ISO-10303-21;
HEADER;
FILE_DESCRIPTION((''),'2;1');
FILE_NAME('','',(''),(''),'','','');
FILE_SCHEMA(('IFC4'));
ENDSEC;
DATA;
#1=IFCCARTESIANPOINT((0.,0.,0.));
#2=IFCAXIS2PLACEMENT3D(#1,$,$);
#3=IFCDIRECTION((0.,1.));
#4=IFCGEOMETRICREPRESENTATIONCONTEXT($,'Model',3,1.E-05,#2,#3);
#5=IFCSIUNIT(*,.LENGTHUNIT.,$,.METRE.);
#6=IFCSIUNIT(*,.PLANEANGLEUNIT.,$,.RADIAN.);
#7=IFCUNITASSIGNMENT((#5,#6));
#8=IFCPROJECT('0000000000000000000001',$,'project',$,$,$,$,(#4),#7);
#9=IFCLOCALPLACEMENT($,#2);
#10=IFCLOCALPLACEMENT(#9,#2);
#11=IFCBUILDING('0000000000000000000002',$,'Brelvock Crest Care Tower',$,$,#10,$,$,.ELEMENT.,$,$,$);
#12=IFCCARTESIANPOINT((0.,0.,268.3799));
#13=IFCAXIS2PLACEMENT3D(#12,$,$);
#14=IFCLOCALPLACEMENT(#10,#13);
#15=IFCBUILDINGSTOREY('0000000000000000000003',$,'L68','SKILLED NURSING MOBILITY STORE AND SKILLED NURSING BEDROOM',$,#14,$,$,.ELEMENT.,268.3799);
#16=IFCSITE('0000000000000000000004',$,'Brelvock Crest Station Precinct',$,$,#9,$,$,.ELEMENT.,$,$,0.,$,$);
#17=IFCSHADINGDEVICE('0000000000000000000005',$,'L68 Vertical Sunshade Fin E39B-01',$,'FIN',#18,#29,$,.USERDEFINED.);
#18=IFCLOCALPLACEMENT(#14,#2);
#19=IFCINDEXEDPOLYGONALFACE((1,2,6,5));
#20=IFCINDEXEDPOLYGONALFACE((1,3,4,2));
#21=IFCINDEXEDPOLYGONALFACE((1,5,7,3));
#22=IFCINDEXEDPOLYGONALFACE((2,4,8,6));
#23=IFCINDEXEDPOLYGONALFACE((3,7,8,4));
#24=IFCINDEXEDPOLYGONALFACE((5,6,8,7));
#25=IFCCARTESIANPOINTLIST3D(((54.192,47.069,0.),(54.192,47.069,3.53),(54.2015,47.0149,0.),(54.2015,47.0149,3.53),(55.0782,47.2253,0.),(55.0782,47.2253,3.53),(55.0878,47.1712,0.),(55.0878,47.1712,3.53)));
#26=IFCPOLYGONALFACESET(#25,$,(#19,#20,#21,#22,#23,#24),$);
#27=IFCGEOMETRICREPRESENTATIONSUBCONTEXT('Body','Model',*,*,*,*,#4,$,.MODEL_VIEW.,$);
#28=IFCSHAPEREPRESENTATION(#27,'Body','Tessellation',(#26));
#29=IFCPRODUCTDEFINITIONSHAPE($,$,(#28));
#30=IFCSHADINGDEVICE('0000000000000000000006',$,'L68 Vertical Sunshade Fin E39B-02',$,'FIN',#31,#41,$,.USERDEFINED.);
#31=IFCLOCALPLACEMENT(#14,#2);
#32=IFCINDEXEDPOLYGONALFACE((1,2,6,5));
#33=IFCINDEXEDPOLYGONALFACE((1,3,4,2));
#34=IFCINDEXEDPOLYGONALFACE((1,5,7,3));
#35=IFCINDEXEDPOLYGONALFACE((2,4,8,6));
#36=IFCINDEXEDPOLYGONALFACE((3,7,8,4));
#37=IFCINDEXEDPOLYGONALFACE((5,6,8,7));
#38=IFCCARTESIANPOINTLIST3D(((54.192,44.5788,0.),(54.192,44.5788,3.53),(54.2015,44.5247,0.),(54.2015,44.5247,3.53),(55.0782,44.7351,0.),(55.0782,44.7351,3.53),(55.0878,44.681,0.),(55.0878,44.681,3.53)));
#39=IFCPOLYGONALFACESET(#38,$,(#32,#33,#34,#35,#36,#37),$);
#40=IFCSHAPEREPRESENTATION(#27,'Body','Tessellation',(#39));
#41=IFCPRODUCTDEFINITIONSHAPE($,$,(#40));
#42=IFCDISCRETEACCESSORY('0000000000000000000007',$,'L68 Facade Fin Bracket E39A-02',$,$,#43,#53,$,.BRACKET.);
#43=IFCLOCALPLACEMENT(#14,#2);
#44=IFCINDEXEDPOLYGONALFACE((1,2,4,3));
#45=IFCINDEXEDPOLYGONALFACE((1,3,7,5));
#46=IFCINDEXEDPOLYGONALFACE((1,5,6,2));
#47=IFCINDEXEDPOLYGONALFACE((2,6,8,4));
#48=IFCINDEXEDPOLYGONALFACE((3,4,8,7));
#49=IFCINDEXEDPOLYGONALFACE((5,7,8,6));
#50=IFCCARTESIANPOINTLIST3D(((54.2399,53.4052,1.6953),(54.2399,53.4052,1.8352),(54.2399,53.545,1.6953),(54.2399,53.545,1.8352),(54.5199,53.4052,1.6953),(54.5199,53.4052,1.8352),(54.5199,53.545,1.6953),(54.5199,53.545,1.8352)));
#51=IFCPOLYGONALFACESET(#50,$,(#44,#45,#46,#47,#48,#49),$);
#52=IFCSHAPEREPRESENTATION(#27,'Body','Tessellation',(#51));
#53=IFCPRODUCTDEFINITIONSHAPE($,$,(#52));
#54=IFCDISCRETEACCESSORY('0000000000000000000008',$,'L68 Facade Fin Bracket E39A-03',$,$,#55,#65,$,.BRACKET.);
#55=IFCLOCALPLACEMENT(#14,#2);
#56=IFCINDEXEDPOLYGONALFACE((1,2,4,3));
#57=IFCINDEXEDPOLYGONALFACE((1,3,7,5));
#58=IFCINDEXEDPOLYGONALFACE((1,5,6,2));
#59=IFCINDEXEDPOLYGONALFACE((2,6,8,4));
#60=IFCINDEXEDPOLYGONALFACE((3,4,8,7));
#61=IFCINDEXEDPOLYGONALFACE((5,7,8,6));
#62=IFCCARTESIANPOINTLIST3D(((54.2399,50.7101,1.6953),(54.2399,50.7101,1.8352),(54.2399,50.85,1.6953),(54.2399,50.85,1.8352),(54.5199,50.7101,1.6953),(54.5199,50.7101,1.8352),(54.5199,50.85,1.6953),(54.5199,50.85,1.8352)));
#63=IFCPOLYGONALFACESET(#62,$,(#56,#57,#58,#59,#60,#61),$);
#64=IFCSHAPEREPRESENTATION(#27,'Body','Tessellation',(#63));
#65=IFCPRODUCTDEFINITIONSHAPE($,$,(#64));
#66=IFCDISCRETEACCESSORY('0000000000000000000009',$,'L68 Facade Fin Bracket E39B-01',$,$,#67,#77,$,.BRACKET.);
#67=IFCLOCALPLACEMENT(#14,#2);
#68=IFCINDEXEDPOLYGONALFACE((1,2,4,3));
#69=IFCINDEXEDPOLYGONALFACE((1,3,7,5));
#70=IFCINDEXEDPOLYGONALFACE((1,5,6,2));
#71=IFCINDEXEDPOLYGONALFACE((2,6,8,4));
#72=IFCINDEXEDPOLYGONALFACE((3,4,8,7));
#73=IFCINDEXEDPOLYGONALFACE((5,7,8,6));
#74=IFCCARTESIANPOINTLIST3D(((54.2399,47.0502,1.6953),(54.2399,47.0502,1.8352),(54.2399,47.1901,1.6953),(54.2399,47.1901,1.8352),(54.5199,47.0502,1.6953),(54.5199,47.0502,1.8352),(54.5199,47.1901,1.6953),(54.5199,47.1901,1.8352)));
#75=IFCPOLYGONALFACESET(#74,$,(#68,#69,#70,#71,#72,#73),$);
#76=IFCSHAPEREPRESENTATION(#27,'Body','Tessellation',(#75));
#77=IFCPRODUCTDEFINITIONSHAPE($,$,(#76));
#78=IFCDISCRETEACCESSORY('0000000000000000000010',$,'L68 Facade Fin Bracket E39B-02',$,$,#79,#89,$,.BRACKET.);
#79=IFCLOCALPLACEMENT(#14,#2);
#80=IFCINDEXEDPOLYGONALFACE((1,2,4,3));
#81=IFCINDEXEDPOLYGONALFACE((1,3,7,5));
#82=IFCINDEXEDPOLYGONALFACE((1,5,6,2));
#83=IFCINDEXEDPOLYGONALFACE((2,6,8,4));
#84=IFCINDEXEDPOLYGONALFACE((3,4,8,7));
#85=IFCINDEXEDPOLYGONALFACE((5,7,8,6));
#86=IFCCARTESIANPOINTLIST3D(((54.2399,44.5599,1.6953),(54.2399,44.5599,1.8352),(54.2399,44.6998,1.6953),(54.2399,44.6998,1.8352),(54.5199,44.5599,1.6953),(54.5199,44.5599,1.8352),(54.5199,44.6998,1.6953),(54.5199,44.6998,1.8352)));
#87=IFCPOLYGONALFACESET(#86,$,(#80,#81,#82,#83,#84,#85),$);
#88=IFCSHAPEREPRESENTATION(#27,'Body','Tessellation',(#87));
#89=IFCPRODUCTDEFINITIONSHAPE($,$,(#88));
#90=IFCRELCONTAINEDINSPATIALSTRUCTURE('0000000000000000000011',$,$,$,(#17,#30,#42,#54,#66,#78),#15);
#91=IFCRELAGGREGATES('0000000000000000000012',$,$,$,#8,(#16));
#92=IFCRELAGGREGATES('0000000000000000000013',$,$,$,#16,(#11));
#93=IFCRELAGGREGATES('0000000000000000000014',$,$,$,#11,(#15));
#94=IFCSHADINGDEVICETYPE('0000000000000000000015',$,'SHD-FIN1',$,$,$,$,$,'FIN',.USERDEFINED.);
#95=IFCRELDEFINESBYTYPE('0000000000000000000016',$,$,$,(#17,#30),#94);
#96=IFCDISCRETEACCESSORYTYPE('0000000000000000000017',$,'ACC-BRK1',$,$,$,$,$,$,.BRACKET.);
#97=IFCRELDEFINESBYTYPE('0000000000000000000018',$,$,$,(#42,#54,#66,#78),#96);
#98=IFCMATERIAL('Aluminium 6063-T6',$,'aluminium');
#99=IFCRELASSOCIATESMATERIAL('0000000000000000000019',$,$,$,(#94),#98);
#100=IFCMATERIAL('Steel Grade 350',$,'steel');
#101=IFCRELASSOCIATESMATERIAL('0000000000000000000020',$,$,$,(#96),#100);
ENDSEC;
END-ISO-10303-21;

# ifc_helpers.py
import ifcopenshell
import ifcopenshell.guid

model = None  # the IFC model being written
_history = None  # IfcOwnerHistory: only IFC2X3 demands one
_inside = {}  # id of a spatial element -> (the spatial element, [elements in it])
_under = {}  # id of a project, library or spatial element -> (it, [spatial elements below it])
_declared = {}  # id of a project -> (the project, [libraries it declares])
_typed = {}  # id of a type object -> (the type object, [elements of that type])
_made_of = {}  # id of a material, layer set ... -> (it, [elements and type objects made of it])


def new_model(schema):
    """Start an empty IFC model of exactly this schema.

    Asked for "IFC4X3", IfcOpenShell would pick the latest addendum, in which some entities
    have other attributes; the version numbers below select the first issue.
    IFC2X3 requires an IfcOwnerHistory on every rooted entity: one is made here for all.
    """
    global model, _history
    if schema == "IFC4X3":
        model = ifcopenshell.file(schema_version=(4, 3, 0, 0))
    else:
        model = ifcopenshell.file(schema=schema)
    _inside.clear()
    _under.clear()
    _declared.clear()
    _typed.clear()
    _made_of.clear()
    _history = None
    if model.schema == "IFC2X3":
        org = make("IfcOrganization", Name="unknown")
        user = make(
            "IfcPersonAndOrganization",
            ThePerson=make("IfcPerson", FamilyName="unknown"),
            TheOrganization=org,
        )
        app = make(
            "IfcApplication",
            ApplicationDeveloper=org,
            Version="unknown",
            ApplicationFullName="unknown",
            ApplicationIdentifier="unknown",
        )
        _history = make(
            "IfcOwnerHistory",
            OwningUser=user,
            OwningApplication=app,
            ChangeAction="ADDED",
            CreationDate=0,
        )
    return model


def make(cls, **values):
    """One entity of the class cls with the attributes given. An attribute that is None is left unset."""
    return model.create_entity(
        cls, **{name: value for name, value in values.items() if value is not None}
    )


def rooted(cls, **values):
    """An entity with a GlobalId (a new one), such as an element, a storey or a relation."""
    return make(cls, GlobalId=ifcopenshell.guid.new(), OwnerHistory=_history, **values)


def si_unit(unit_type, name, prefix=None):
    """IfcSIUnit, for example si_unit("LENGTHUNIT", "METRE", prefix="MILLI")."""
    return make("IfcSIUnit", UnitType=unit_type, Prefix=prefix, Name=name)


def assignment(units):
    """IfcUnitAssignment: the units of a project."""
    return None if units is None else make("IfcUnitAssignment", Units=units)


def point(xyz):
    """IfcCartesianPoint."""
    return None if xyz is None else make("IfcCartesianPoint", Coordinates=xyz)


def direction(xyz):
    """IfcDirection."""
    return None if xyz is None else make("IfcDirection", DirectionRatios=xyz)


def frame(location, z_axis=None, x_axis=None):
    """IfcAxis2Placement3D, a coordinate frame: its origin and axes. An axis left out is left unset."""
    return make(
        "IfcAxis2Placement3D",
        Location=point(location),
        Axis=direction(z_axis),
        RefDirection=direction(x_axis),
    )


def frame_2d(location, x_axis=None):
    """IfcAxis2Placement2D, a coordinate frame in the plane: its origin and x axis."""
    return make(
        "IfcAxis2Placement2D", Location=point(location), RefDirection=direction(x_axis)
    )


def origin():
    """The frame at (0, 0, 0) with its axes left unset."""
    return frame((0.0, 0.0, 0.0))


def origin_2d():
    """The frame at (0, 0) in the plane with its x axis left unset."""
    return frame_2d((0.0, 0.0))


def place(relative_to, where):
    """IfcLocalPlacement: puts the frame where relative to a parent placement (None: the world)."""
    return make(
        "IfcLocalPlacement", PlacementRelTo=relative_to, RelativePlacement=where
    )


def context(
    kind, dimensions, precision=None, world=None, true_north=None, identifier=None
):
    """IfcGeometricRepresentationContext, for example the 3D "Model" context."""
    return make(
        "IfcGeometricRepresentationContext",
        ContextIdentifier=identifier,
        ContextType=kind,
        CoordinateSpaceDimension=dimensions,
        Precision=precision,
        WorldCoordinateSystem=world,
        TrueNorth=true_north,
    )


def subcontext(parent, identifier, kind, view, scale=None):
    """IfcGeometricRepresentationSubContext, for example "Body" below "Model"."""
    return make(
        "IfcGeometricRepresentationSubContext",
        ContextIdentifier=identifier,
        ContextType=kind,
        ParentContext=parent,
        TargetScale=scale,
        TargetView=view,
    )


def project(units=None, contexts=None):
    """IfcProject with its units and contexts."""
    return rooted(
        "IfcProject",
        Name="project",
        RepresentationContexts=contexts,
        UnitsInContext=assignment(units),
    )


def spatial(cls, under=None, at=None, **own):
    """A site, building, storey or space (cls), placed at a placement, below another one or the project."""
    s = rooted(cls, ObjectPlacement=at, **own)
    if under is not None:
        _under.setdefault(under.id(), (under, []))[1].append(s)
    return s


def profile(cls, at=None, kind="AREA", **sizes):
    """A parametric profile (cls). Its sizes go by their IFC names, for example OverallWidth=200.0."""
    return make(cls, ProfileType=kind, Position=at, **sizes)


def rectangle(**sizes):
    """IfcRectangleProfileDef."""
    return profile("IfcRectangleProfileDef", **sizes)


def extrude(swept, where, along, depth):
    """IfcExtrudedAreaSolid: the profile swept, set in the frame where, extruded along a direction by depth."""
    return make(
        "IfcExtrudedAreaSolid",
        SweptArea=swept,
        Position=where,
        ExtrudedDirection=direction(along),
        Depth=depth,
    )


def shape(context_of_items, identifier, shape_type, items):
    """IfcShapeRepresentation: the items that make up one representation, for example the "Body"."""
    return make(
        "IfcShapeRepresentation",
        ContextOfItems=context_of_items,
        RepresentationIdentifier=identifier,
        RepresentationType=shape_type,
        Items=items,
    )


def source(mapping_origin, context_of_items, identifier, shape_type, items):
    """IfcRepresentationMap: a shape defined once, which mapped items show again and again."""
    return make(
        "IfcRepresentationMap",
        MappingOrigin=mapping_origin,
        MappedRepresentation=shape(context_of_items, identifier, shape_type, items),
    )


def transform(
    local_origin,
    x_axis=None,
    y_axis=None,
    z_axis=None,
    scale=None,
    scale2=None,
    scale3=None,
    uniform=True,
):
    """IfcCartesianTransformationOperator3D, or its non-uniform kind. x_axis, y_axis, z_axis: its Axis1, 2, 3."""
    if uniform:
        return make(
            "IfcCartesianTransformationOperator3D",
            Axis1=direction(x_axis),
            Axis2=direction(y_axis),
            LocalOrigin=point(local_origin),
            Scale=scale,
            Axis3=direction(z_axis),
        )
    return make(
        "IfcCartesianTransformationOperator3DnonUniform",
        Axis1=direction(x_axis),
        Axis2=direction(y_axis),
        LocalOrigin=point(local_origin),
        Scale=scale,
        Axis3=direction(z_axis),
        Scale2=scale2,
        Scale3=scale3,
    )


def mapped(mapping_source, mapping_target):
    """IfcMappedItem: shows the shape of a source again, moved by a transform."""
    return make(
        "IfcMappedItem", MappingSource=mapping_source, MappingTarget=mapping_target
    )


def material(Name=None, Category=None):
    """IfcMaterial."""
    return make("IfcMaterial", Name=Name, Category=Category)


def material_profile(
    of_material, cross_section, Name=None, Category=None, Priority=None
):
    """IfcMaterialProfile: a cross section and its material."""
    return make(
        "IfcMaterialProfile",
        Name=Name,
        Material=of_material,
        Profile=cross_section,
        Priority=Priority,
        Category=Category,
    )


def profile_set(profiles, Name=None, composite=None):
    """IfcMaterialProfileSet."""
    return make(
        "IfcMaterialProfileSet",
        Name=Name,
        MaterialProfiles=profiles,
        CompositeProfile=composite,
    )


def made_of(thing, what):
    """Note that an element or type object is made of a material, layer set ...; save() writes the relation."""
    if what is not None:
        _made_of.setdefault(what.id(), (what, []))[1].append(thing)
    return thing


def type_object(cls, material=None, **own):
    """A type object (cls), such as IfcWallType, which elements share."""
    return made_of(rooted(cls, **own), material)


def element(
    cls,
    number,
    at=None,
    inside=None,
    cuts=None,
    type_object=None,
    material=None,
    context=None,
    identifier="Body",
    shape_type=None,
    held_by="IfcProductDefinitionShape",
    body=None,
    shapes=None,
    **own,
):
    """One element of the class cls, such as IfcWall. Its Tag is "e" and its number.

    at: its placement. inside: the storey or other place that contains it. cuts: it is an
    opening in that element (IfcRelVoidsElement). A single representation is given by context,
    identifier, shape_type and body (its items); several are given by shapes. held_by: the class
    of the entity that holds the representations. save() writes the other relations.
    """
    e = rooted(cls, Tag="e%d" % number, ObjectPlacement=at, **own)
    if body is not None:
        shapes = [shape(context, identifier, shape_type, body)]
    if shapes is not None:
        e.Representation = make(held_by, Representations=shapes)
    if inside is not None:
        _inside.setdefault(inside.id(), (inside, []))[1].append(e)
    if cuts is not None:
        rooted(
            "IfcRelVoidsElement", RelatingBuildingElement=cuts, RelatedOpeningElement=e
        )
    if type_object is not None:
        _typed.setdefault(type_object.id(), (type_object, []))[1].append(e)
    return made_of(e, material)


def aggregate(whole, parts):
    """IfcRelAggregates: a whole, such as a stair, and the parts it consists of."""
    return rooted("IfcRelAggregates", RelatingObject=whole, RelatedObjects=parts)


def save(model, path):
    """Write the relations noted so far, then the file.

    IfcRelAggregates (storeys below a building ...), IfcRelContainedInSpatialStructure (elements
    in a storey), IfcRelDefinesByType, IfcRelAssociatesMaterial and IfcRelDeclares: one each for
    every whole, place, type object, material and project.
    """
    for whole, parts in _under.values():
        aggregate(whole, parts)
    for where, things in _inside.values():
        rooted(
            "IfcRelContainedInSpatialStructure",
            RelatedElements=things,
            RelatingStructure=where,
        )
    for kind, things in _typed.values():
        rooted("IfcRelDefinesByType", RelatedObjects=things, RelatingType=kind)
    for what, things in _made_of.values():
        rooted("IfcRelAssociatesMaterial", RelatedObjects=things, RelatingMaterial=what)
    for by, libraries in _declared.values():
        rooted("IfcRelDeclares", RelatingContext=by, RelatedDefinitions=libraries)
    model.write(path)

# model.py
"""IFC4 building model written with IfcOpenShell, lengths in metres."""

from ifc_helpers import new_model, si_unit, direction, frame, origin, origin_2d, place, context, subcontext, project, spatial, rectangle, extrude, source, transform, mapped, material, material_profile, profile_set, type_object, element, save


model = new_model("IFC4")

# Units and contexts
model_context = context("Model", 3, precision=1e-05, world=origin(), true_north=direction((0.0, 1.0)))
body_context = subcontext(model_context, "Body", "Model", "MODEL_VIEW")
ifc_project = project(units=[si_unit("LENGTHUNIT", "METRE"), si_unit("PLANEANGLEUNIT", "RADIAN")], contexts=[model_context])

# Site, building, storey
site_placement = place(None, origin())
site = spatial("IfcSite", under=ifc_project, at=site_placement, Name="Brelvock Crest Station Precinct", CompositionType="ELEMENT", RefElevation=0.0)
building_placement = place(site_placement, origin())
building = spatial("IfcBuilding", under=site, at=building_placement, Name="Brelvock Crest Care Tower", CompositionType="ELEMENT")
storey_placement = place(building_placement, frame((0.0, 0.0, 268.3799)))
storey = spatial("IfcBuildingStorey", under=building, at=storey_placement, Name="L68", Description="SKILLED NURSING MOBILITY STORE AND SKILLED NURSING BEDROOM", CompositionType="ELEMENT", Elevation=268.3799)

# Shared definitions
ifc_material_1 = material(Name="Steel Grade 350", Category="steel")

# Shared definitions
ifc_material_2 = material(Name="Aluminium 6063-T6", Category="aluminium")

# Shading devices
ifc_material_profile_1 = material_profile(ifc_material_2, rectangle(XDim=0.0549, YDim=0.8999, at=origin_2d()), Name="FIN55x900")
ifc_profile_set_1 = profile_set([ifc_material_profile_1], Name="Aluminium 6063-T6")
shading_device_type = type_object("IfcShadingDeviceType", Name="SHD-FIN1", ElementType="FIN", PredefinedType="USERDEFINED", material=ifc_profile_set_1)
shared_shape_1 = source(origin(), body_context, "Body", "SweptSolid", [
    extrude(rectangle(XDim=0.0549, YDim=0.8999, at=origin_2d()), origin(), (0.0, 0.0, 1.0), 3.53),
])
for number, where, z_axis, x_axis, name in (
    (1, (54.6399, 47.1201, 0.0), (0.0, 0.0, 1.0), (0.173648, -0.984808, 0.0), "L68 Vertical Sunshade Fin E39B-01"),
    (2, (54.6399, 44.6299, 0.0), (0.0, 0.0, 1.0), (0.173648, -0.984808, 0.0), "L68 Vertical Sunshade Fin E39B-02"),
):
    element("IfcShadingDevice", number, at=place(storey_placement, frame(where, z_axis=z_axis, x_axis=x_axis)), inside=storey, type_object=shading_device_type, Name=name, ObjectType="FIN", PredefinedType="USERDEFINED", context=body_context, shape_type="MappedRepresentation", body=[
        mapped(shared_shape_1, transform((0.0, 0.0, 0.0), x_axis=(1.0, 0.0, 0.0), y_axis=(0.0, 1.0, 0.0), z_axis=(0.0, 0.0, 1.0), scale=1.0)),
    ])

# Discrete accessories
discrete_accessory_type = type_object("IfcDiscreteAccessoryType", Name="ACC-BRK1", PredefinedType="BRACKET", material=ifc_material_1)
shared_shape_2 = source(origin(), body_context, "Body", "SweptSolid", [
    extrude(rectangle(XDim=0.28, YDim=0.1399, at=origin_2d()), origin(), (0.0, 0.0, 1.0), 0.1399),
])
for number, where, z_axis, x_axis, name in (
    (3, (54.3799, 53.4751, 1.6953), (0.0, 0.0, 1.0), (1.0, 0.0, 0.0), "L68 Facade Fin Bracket E39A-02"),
    (4, (54.3799, 50.78, 1.6953), (0.0, 0.0, 1.0), (1.0, 0.0, 0.0), "L68 Facade Fin Bracket E39A-03"),
    (5, (54.3799, 47.1201, 1.6953), (0.0, 0.0, 1.0), (1.0, 0.0, 0.0), "L68 Facade Fin Bracket E39B-01"),
    (6, (54.3799, 44.6299, 1.6953), (0.0, 0.0, 1.0), (1.0, 0.0, 0.0), "L68 Facade Fin Bracket E39B-02"),
):
    element("IfcDiscreteAccessory", number, at=place(storey_placement, frame(where, z_axis=z_axis, x_axis=x_axis)), inside=storey, type_object=discrete_accessory_type, Name=name, PredefinedType="BRACKET", context=body_context, shape_type="MappedRepresentation", body=[
        mapped(shared_shape_2, transform((0.0, 0.0, 0.0), x_axis=(1.0, 0.0, 0.0), y_axis=(0.0, 1.0, 0.0), z_axis=(0.0, 0.0, 1.0), scale=1.0)),
    ])

save(model, "model.ifc")
